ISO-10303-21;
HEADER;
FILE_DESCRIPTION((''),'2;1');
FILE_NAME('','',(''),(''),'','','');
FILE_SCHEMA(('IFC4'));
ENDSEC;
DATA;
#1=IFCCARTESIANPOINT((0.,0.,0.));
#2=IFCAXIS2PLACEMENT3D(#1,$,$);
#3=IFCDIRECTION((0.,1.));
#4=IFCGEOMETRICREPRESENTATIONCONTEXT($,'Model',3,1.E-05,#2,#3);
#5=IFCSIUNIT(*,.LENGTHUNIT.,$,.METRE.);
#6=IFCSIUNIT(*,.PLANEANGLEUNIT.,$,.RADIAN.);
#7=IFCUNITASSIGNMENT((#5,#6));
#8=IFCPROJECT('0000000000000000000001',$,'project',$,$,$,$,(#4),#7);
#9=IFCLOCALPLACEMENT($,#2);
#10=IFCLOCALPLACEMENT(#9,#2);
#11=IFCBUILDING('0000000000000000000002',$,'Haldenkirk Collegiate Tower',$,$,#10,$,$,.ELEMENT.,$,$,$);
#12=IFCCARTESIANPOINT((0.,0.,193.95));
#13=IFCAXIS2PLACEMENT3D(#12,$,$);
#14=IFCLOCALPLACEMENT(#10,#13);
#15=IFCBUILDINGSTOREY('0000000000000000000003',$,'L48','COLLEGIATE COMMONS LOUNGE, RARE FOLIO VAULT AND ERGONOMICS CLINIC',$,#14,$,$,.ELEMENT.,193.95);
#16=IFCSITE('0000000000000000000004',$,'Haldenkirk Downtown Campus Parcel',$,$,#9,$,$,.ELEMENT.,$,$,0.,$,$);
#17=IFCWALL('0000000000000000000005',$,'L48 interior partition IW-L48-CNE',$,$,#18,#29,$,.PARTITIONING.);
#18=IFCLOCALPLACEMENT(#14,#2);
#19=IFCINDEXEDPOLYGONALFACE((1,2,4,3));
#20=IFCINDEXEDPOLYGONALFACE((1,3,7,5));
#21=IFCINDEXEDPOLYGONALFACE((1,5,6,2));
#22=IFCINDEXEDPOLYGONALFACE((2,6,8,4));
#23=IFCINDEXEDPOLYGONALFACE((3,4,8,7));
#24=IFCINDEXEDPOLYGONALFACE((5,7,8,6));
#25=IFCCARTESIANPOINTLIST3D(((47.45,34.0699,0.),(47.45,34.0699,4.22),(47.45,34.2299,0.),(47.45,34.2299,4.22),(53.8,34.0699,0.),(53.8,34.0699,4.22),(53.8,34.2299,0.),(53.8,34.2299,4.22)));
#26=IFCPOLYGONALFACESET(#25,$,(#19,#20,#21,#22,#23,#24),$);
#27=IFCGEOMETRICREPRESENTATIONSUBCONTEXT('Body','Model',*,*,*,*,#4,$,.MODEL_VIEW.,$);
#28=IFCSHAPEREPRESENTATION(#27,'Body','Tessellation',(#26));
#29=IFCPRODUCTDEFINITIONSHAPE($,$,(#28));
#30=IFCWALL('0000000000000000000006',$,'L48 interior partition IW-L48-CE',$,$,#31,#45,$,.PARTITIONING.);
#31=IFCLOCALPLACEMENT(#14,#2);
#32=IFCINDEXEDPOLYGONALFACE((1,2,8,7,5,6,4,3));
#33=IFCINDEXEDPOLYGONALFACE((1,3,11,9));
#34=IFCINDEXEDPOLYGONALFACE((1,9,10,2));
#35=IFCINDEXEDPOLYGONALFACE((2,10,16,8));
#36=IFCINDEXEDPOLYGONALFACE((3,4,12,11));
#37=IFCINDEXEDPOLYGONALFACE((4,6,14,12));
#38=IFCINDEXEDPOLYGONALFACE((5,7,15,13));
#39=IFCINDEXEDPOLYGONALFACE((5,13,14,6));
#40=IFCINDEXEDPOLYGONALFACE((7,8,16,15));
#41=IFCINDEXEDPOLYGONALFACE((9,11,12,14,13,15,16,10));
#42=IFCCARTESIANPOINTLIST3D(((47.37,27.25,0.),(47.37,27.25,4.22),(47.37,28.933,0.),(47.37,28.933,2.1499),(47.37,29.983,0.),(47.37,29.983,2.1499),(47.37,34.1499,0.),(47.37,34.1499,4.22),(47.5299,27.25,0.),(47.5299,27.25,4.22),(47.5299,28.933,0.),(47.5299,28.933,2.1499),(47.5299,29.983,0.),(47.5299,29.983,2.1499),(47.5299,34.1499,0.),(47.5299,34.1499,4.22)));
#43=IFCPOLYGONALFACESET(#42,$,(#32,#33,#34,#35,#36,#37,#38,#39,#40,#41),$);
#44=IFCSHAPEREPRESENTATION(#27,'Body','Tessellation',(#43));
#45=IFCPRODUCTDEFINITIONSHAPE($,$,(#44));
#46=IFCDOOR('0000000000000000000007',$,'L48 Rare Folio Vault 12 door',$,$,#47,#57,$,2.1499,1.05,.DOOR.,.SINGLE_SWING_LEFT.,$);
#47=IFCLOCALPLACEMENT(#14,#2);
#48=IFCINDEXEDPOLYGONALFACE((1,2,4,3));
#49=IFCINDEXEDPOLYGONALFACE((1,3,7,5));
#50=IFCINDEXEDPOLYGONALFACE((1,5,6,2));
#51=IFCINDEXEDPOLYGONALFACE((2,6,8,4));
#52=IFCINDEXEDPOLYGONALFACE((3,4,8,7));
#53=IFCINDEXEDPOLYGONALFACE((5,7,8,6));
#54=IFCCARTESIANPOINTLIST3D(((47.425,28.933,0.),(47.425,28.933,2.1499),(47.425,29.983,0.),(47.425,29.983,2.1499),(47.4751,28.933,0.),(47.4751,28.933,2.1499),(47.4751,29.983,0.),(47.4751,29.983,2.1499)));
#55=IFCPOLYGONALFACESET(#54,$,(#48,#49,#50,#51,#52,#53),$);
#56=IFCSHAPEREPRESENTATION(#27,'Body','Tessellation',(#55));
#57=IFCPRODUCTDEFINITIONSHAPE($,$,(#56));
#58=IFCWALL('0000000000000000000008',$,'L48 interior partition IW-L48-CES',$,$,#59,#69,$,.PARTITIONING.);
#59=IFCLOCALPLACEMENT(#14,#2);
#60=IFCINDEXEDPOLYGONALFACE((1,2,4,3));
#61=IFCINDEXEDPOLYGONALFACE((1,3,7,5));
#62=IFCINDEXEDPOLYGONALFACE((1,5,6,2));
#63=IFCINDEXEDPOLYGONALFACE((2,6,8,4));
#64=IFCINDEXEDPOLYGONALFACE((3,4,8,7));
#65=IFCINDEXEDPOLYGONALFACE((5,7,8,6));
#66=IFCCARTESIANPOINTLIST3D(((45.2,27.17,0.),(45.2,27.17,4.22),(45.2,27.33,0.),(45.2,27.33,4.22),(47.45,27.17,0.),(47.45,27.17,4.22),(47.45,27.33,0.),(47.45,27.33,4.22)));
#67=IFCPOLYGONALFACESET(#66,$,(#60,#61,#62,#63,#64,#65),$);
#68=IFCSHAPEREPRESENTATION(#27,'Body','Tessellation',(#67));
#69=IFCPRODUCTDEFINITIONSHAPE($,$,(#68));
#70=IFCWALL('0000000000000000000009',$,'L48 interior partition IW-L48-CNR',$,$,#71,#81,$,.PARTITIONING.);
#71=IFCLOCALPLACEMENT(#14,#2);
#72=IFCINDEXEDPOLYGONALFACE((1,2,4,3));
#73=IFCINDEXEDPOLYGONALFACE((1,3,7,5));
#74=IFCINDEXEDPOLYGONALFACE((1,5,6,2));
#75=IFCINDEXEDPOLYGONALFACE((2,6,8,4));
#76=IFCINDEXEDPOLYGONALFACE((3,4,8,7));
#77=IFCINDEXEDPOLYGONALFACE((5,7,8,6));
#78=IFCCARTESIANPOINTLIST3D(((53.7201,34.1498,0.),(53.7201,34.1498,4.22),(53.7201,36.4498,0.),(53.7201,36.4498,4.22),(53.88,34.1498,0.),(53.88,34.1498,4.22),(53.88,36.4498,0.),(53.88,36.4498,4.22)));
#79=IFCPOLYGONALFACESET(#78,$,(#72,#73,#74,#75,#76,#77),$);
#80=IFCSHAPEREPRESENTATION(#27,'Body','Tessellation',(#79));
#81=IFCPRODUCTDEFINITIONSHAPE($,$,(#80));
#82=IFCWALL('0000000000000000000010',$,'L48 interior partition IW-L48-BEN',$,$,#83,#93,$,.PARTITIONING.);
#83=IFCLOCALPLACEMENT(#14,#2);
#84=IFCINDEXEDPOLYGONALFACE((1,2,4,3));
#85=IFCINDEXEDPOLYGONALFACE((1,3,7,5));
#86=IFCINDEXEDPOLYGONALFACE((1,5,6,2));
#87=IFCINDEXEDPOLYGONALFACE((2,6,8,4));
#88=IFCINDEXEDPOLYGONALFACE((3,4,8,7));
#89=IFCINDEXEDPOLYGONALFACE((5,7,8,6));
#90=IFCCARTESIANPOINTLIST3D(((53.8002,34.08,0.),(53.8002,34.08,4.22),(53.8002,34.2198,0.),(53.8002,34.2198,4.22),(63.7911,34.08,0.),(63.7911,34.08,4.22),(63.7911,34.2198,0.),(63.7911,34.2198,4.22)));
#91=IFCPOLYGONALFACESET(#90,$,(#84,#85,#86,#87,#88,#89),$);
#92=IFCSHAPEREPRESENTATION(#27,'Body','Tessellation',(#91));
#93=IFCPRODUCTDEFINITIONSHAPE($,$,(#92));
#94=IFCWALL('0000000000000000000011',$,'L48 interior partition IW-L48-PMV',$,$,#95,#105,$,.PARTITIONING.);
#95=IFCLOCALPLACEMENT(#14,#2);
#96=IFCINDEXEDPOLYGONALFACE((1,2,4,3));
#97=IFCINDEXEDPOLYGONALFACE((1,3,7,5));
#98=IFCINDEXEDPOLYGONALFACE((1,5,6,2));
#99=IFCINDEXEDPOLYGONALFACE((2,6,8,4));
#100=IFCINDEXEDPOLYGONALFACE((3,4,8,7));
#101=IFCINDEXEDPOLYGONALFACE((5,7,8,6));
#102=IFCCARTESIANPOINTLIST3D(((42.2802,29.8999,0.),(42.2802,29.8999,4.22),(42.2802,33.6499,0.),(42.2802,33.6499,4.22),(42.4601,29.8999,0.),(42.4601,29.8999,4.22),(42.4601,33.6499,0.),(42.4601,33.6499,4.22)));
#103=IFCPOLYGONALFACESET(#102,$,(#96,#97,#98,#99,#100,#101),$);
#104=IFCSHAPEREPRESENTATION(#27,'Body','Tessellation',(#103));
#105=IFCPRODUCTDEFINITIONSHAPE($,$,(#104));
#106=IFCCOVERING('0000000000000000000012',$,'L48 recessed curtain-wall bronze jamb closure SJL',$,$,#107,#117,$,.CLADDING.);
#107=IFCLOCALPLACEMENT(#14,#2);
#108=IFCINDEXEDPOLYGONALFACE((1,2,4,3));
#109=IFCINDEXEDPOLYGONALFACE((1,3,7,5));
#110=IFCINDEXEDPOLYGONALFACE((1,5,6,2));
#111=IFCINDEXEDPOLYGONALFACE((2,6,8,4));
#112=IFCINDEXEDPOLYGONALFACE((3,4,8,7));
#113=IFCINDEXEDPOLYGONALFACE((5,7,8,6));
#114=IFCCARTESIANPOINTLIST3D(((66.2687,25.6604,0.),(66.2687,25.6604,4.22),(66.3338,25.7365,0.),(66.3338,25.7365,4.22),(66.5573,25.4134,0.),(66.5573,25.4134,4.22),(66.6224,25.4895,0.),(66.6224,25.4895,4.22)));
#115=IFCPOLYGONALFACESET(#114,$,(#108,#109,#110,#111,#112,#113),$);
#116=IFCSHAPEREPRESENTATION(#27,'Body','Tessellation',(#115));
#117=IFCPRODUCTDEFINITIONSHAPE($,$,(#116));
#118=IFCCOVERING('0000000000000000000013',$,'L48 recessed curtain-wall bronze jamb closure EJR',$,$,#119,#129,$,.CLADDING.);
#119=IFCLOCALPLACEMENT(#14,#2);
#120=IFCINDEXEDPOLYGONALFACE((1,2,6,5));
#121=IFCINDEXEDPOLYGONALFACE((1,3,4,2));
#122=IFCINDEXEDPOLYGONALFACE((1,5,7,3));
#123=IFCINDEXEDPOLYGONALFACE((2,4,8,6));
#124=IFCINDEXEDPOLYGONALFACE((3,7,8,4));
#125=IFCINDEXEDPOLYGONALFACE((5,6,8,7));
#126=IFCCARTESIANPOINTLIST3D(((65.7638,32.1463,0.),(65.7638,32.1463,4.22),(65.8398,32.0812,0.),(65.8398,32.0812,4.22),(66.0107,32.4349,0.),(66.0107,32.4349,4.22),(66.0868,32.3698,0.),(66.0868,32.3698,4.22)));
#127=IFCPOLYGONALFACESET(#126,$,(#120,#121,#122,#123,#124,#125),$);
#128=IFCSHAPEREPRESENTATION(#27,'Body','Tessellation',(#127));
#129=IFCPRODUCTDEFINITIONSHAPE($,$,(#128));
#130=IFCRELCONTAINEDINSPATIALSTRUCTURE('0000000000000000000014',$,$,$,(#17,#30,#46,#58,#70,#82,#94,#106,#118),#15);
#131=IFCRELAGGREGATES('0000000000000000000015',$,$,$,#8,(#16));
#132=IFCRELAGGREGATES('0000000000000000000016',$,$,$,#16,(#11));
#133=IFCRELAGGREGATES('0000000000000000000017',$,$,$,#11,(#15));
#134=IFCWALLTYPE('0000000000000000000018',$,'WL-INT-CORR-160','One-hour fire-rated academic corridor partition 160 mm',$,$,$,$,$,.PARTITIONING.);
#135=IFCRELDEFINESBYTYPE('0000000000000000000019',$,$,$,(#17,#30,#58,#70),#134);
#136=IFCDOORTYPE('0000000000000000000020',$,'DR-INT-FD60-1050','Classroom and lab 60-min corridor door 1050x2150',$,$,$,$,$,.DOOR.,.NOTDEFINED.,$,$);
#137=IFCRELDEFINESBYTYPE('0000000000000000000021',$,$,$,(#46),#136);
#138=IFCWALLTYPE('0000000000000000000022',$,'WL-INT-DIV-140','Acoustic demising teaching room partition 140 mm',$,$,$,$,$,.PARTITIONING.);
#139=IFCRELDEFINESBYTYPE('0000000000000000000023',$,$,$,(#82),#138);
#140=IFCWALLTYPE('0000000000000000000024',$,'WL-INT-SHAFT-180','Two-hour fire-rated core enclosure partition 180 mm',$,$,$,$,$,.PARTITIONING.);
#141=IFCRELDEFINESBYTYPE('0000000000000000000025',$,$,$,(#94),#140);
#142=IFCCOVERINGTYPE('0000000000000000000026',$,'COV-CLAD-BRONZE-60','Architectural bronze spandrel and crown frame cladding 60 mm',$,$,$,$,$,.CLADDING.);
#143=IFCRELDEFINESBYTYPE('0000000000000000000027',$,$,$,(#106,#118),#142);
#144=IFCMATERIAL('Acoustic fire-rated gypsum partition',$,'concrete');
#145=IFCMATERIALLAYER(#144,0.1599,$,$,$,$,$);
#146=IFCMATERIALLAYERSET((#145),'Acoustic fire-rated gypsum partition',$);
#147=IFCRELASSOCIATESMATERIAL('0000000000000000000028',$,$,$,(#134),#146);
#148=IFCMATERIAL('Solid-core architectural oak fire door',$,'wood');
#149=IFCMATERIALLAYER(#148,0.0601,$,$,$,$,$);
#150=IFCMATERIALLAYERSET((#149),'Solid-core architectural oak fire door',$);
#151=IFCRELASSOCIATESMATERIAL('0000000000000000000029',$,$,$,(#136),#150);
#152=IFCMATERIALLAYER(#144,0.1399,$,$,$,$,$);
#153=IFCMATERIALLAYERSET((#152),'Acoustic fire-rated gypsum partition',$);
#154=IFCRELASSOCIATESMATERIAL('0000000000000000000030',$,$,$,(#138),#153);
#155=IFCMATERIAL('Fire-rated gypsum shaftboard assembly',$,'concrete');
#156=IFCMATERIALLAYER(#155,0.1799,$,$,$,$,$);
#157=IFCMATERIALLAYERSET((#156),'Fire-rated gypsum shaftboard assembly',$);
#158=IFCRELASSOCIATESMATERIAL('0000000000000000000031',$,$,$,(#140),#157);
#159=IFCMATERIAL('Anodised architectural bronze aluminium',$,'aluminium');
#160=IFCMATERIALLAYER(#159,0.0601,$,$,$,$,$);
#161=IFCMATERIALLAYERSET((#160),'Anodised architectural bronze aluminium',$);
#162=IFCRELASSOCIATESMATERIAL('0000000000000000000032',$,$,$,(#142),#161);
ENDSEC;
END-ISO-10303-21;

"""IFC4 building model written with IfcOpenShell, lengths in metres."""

from ifc_helpers import new_model, si_unit, direction, frame, frame_2d, origin, origin_2d, place, context, subcontext, project, spatial, rectangle, extrude, source, transform, mapped, material, layer, layer_set, type_object, element, fill, save


model = new_model("IFC4")

# Units and contexts
model_context = context("Model", 3, precision=1e-05, world=origin(), true_north=direction((0.0, 1.0)))
body_context = subcontext(model_context, "Body", "Model", "MODEL_VIEW")
ifc_project = project(units=[si_unit("LENGTHUNIT", "METRE"), si_unit("PLANEANGLEUNIT", "RADIAN")], contexts=[model_context])

# Site, building, storey
site_placement = place(None, origin())
site = spatial("IfcSite", under=ifc_project, at=site_placement, Name="Haldenkirk Downtown Campus Parcel", CompositionType="ELEMENT", RefElevation=0.0)
building_placement = place(site_placement, origin())
building = spatial("IfcBuilding", under=site, at=building_placement, Name="Haldenkirk Collegiate Tower", CompositionType="ELEMENT")
storey_placement = place(building_placement, frame((0.0, 0.0, 193.95)))
storey = spatial("IfcBuildingStorey", under=building, at=storey_placement, Name="L48", Description="COLLEGIATE COMMONS LOUNGE, RARE FOLIO VAULT AND ERGONOMICS CLINIC", CompositionType="ELEMENT", Elevation=193.95)

# Shared definitions
ifc_material_1 = material(Name="Anodised architectural bronze aluminium", Category="aluminium")

# Wall
ifc_material_2 = material(Name="Acoustic fire-rated gypsum partition", Category="concrete")
ifc_layer_1 = layer(ifc_material_2, 0.1599)
ifc_layer_set_1 = layer_set([ifc_layer_1], Name="Acoustic fire-rated gypsum partition")
wall_type_1 = type_object("IfcWallType", Name="WL-INT-CORR-160", Description="One-hour fire-rated academic corridor partition 160 mm", PredefinedType="PARTITIONING", material=ifc_layer_set_1)
wall_1_placement = place(storey_placement, frame((47.45, 34.1499, 0.0), z_axis=(0.0, 0.0, 1.0), x_axis=(1.0, 0.0, 0.0)))
element("IfcWall", 1, at=wall_1_placement, inside=storey, type_object=wall_type_1, Name="L48 interior partition IW-L48-CNE", PredefinedType="PARTITIONING", context=body_context, shape_type="SweptSolid", body=[
    extrude(rectangle(XDim=6.3501, YDim=0.1599, at=frame_2d((3.175, 0.0))), origin(), (0.0, 0.0, 1.0), 4.22),
])

# Wall, opening, door
wall_2_placement = place(storey_placement, frame((47.45, 27.25, 0.0), z_axis=(0.0, 0.0, 1.0), x_axis=(0.0, 1.0, 0.0)))
wall_2 = element("IfcWall", 2, at=wall_2_placement, inside=storey, type_object=wall_type_1, Name="L48 interior partition IW-L48-CE", PredefinedType="PARTITIONING", context=body_context, shape_type="SweptSolid", body=[
    extrude(rectangle(XDim=6.8999, YDim=0.1599, at=frame_2d((3.45, 0.0))), origin(), (0.0, 0.0, 1.0), 4.22),
])
opening_1_placement = place(wall_2_placement, frame((1.6831, 0.0, 0.0)))
opening_1 = element("IfcOpeningElement", 3, at=opening_1_placement, cuts=wall_2, PredefinedType="OPENING", context=body_context, shape_type="SweptSolid", body=[
    extrude(rectangle(XDim=1.05, YDim=2.1499, at=frame_2d((0.5249, 1.075))), frame((0.0, 0.0898, 0.0), z_axis=(0.0, -1.0, 0.0), x_axis=(1.0, 0.0, 0.0)), (0.0, 0.0, 1.0), 0.1799),
])
ifc_material_3 = material(Name="Solid-core architectural oak fire door", Category="wood")
ifc_layer_2 = layer(ifc_material_3, 0.0601)
ifc_layer_set_2 = layer_set([ifc_layer_2], Name="Solid-core architectural oak fire door")
door_type = type_object("IfcDoorType", Name="DR-INT-FD60-1050", Description="Classroom and lab 60-min corridor door 1050x2150", OperationType="NOTDEFINED", PredefinedType="DOOR", material=ifc_layer_set_2)
door_placement = place(opening_1_placement, origin())
door = element("IfcDoor", 4, at=door_placement, inside=storey, type_object=door_type, Name="L48 Rare Folio Vault 12 door", OperationType="SINGLE_SWING_LEFT", OverallHeight=2.1499, OverallWidth=1.05, PredefinedType="DOOR", context=body_context, shape_type="SweptSolid", body=[
    extrude(rectangle(XDim=1.05, YDim=2.1499, at=frame_2d((0.5249, 1.075))), frame((0.0, 0.0249, 0.0), z_axis=(0.0, -1.0, 0.0), x_axis=(1.0, 0.0, 0.0)), (0.0, 0.0, 1.0), 0.05),
])
fill(opening_1, door)

# Walls
wall_3_placement = place(storey_placement, frame((45.2, 27.25, 0.0), z_axis=(0.0, 0.0, 1.0), x_axis=(1.0, 0.0, 0.0)))
element("IfcWall", 5, at=wall_3_placement, inside=storey, type_object=wall_type_1, Name="L48 interior partition IW-L48-CES", PredefinedType="PARTITIONING", context=body_context, shape_type="SweptSolid", body=[
    extrude(rectangle(XDim=2.25, YDim=0.1599, at=frame_2d((1.125, 0.0))), origin(), (0.0, 0.0, 1.0), 4.22),
])
wall_4_placement = place(storey_placement, frame((53.8, 34.1499, 0.0), z_axis=(0.0, 0.0, 1.0), x_axis=(0.0, 1.0, 0.0)))
element("IfcWall", 6, at=wall_4_placement, inside=storey, type_object=wall_type_1, Name="L48 interior partition IW-L48-CNR", PredefinedType="PARTITIONING", context=body_context, shape_type="SweptSolid", body=[
    extrude(rectangle(XDim=2.3, YDim=0.1599, at=frame_2d((1.1499, 0.0))), origin(), (0.0, 0.0, 1.0), 4.22),
])
ifc_layer_3 = layer(ifc_material_2, 0.1399)
ifc_layer_set_3 = layer_set([ifc_layer_3], Name="Acoustic fire-rated gypsum partition")
wall_type_2 = type_object("IfcWallType", Name="WL-INT-DIV-140", Description="Acoustic demising teaching room partition 140 mm", PredefinedType="PARTITIONING", material=ifc_layer_set_3)
wall_5_placement = place(storey_placement, frame((53.8, 34.1499, 0.0), z_axis=(0.0, 0.0, 1.0), x_axis=(1.0, 0.0, 0.0)))
element("IfcWall", 7, at=wall_5_placement, inside=storey, type_object=wall_type_2, Name="L48 interior partition IW-L48-BEN", PredefinedType="PARTITIONING", context=body_context, shape_type="SweptSolid", body=[
    extrude(rectangle(XDim=9.991, YDim=0.1399, at=frame_2d((4.9956, 0.0))), origin(), (0.0, 0.0, 1.0), 4.22),
])
ifc_material_4 = material(Name="Fire-rated gypsum shaftboard assembly", Category="concrete")
ifc_layer_4 = layer(ifc_material_4, 0.1799)
ifc_layer_set_4 = layer_set([ifc_layer_4], Name="Fire-rated gypsum shaftboard assembly")
wall_type_3 = type_object("IfcWallType", Name="WL-INT-SHAFT-180", Description="Two-hour fire-rated core enclosure partition 180 mm", PredefinedType="PARTITIONING", material=ifc_layer_set_4)
wall_6_placement = place(storey_placement, frame((42.3701, 29.8999, 0.0), z_axis=(0.0, 0.0, 1.0), x_axis=(0.0, 1.0, 0.0)))
element("IfcWall", 8, at=wall_6_placement, inside=storey, type_object=wall_type_3, Name="L48 interior partition IW-L48-PMV", PredefinedType="PARTITIONING", context=body_context, shape_type="SweptSolid", body=[
    extrude(rectangle(XDim=3.75, YDim=0.1799, at=frame_2d((1.875, 0.0))), origin(), (0.0, 0.0, 1.0), 4.22),
])

# Coverings
ifc_layer_5 = layer(ifc_material_1, 0.0601)
ifc_layer_set_5 = layer_set([ifc_layer_5], Name="Anodised architectural bronze aluminium")
covering_type = type_object("IfcCoveringType", Name="COV-CLAD-BRONZE-60", Description="Architectural bronze spandrel and crown frame cladding 60 mm", PredefinedType="CLADDING", material=ifc_layer_set_5)
shared_shape_1 = source(origin(), body_context, "Body", "SweptSolid", [
    extrude(rectangle(XDim=0.1001, YDim=0.3799, at=origin_2d()), origin(), (0.0, 0.0, 1.0), 4.22),
])
for number, where, z_axis, x_axis, name in (
    (9, (66.4456, 25.575, 0.0), (0.0, 0.0, 1.0), (-0.650111, -0.759839, 0.0), "L48 recessed curtain-wall bronze jamb closure SJL"),
    (10, (65.9253, 32.2581, 0.0), (0.0, 0.0, 1.0), (0.759839, -0.650111, 0.0), "L48 recessed curtain-wall bronze jamb closure EJR"),
):
    element("IfcCovering", number, at=place(storey_placement, frame(where, z_axis=z_axis, x_axis=x_axis)), inside=storey, type_object=covering_type, Name=name, PredefinedType="CLADDING", context=body_context, shape_type="MappedRepresentation", body=[
        mapped(shared_shape_1, transform((0.0, 0.0, 0.0), x_axis=(1.0, 0.0, 0.0), y_axis=(0.0, 1.0, 0.0), z_axis=(0.0, 0.0, 1.0), scale=1.0)),
    ])

save(model, "model.ifc")
